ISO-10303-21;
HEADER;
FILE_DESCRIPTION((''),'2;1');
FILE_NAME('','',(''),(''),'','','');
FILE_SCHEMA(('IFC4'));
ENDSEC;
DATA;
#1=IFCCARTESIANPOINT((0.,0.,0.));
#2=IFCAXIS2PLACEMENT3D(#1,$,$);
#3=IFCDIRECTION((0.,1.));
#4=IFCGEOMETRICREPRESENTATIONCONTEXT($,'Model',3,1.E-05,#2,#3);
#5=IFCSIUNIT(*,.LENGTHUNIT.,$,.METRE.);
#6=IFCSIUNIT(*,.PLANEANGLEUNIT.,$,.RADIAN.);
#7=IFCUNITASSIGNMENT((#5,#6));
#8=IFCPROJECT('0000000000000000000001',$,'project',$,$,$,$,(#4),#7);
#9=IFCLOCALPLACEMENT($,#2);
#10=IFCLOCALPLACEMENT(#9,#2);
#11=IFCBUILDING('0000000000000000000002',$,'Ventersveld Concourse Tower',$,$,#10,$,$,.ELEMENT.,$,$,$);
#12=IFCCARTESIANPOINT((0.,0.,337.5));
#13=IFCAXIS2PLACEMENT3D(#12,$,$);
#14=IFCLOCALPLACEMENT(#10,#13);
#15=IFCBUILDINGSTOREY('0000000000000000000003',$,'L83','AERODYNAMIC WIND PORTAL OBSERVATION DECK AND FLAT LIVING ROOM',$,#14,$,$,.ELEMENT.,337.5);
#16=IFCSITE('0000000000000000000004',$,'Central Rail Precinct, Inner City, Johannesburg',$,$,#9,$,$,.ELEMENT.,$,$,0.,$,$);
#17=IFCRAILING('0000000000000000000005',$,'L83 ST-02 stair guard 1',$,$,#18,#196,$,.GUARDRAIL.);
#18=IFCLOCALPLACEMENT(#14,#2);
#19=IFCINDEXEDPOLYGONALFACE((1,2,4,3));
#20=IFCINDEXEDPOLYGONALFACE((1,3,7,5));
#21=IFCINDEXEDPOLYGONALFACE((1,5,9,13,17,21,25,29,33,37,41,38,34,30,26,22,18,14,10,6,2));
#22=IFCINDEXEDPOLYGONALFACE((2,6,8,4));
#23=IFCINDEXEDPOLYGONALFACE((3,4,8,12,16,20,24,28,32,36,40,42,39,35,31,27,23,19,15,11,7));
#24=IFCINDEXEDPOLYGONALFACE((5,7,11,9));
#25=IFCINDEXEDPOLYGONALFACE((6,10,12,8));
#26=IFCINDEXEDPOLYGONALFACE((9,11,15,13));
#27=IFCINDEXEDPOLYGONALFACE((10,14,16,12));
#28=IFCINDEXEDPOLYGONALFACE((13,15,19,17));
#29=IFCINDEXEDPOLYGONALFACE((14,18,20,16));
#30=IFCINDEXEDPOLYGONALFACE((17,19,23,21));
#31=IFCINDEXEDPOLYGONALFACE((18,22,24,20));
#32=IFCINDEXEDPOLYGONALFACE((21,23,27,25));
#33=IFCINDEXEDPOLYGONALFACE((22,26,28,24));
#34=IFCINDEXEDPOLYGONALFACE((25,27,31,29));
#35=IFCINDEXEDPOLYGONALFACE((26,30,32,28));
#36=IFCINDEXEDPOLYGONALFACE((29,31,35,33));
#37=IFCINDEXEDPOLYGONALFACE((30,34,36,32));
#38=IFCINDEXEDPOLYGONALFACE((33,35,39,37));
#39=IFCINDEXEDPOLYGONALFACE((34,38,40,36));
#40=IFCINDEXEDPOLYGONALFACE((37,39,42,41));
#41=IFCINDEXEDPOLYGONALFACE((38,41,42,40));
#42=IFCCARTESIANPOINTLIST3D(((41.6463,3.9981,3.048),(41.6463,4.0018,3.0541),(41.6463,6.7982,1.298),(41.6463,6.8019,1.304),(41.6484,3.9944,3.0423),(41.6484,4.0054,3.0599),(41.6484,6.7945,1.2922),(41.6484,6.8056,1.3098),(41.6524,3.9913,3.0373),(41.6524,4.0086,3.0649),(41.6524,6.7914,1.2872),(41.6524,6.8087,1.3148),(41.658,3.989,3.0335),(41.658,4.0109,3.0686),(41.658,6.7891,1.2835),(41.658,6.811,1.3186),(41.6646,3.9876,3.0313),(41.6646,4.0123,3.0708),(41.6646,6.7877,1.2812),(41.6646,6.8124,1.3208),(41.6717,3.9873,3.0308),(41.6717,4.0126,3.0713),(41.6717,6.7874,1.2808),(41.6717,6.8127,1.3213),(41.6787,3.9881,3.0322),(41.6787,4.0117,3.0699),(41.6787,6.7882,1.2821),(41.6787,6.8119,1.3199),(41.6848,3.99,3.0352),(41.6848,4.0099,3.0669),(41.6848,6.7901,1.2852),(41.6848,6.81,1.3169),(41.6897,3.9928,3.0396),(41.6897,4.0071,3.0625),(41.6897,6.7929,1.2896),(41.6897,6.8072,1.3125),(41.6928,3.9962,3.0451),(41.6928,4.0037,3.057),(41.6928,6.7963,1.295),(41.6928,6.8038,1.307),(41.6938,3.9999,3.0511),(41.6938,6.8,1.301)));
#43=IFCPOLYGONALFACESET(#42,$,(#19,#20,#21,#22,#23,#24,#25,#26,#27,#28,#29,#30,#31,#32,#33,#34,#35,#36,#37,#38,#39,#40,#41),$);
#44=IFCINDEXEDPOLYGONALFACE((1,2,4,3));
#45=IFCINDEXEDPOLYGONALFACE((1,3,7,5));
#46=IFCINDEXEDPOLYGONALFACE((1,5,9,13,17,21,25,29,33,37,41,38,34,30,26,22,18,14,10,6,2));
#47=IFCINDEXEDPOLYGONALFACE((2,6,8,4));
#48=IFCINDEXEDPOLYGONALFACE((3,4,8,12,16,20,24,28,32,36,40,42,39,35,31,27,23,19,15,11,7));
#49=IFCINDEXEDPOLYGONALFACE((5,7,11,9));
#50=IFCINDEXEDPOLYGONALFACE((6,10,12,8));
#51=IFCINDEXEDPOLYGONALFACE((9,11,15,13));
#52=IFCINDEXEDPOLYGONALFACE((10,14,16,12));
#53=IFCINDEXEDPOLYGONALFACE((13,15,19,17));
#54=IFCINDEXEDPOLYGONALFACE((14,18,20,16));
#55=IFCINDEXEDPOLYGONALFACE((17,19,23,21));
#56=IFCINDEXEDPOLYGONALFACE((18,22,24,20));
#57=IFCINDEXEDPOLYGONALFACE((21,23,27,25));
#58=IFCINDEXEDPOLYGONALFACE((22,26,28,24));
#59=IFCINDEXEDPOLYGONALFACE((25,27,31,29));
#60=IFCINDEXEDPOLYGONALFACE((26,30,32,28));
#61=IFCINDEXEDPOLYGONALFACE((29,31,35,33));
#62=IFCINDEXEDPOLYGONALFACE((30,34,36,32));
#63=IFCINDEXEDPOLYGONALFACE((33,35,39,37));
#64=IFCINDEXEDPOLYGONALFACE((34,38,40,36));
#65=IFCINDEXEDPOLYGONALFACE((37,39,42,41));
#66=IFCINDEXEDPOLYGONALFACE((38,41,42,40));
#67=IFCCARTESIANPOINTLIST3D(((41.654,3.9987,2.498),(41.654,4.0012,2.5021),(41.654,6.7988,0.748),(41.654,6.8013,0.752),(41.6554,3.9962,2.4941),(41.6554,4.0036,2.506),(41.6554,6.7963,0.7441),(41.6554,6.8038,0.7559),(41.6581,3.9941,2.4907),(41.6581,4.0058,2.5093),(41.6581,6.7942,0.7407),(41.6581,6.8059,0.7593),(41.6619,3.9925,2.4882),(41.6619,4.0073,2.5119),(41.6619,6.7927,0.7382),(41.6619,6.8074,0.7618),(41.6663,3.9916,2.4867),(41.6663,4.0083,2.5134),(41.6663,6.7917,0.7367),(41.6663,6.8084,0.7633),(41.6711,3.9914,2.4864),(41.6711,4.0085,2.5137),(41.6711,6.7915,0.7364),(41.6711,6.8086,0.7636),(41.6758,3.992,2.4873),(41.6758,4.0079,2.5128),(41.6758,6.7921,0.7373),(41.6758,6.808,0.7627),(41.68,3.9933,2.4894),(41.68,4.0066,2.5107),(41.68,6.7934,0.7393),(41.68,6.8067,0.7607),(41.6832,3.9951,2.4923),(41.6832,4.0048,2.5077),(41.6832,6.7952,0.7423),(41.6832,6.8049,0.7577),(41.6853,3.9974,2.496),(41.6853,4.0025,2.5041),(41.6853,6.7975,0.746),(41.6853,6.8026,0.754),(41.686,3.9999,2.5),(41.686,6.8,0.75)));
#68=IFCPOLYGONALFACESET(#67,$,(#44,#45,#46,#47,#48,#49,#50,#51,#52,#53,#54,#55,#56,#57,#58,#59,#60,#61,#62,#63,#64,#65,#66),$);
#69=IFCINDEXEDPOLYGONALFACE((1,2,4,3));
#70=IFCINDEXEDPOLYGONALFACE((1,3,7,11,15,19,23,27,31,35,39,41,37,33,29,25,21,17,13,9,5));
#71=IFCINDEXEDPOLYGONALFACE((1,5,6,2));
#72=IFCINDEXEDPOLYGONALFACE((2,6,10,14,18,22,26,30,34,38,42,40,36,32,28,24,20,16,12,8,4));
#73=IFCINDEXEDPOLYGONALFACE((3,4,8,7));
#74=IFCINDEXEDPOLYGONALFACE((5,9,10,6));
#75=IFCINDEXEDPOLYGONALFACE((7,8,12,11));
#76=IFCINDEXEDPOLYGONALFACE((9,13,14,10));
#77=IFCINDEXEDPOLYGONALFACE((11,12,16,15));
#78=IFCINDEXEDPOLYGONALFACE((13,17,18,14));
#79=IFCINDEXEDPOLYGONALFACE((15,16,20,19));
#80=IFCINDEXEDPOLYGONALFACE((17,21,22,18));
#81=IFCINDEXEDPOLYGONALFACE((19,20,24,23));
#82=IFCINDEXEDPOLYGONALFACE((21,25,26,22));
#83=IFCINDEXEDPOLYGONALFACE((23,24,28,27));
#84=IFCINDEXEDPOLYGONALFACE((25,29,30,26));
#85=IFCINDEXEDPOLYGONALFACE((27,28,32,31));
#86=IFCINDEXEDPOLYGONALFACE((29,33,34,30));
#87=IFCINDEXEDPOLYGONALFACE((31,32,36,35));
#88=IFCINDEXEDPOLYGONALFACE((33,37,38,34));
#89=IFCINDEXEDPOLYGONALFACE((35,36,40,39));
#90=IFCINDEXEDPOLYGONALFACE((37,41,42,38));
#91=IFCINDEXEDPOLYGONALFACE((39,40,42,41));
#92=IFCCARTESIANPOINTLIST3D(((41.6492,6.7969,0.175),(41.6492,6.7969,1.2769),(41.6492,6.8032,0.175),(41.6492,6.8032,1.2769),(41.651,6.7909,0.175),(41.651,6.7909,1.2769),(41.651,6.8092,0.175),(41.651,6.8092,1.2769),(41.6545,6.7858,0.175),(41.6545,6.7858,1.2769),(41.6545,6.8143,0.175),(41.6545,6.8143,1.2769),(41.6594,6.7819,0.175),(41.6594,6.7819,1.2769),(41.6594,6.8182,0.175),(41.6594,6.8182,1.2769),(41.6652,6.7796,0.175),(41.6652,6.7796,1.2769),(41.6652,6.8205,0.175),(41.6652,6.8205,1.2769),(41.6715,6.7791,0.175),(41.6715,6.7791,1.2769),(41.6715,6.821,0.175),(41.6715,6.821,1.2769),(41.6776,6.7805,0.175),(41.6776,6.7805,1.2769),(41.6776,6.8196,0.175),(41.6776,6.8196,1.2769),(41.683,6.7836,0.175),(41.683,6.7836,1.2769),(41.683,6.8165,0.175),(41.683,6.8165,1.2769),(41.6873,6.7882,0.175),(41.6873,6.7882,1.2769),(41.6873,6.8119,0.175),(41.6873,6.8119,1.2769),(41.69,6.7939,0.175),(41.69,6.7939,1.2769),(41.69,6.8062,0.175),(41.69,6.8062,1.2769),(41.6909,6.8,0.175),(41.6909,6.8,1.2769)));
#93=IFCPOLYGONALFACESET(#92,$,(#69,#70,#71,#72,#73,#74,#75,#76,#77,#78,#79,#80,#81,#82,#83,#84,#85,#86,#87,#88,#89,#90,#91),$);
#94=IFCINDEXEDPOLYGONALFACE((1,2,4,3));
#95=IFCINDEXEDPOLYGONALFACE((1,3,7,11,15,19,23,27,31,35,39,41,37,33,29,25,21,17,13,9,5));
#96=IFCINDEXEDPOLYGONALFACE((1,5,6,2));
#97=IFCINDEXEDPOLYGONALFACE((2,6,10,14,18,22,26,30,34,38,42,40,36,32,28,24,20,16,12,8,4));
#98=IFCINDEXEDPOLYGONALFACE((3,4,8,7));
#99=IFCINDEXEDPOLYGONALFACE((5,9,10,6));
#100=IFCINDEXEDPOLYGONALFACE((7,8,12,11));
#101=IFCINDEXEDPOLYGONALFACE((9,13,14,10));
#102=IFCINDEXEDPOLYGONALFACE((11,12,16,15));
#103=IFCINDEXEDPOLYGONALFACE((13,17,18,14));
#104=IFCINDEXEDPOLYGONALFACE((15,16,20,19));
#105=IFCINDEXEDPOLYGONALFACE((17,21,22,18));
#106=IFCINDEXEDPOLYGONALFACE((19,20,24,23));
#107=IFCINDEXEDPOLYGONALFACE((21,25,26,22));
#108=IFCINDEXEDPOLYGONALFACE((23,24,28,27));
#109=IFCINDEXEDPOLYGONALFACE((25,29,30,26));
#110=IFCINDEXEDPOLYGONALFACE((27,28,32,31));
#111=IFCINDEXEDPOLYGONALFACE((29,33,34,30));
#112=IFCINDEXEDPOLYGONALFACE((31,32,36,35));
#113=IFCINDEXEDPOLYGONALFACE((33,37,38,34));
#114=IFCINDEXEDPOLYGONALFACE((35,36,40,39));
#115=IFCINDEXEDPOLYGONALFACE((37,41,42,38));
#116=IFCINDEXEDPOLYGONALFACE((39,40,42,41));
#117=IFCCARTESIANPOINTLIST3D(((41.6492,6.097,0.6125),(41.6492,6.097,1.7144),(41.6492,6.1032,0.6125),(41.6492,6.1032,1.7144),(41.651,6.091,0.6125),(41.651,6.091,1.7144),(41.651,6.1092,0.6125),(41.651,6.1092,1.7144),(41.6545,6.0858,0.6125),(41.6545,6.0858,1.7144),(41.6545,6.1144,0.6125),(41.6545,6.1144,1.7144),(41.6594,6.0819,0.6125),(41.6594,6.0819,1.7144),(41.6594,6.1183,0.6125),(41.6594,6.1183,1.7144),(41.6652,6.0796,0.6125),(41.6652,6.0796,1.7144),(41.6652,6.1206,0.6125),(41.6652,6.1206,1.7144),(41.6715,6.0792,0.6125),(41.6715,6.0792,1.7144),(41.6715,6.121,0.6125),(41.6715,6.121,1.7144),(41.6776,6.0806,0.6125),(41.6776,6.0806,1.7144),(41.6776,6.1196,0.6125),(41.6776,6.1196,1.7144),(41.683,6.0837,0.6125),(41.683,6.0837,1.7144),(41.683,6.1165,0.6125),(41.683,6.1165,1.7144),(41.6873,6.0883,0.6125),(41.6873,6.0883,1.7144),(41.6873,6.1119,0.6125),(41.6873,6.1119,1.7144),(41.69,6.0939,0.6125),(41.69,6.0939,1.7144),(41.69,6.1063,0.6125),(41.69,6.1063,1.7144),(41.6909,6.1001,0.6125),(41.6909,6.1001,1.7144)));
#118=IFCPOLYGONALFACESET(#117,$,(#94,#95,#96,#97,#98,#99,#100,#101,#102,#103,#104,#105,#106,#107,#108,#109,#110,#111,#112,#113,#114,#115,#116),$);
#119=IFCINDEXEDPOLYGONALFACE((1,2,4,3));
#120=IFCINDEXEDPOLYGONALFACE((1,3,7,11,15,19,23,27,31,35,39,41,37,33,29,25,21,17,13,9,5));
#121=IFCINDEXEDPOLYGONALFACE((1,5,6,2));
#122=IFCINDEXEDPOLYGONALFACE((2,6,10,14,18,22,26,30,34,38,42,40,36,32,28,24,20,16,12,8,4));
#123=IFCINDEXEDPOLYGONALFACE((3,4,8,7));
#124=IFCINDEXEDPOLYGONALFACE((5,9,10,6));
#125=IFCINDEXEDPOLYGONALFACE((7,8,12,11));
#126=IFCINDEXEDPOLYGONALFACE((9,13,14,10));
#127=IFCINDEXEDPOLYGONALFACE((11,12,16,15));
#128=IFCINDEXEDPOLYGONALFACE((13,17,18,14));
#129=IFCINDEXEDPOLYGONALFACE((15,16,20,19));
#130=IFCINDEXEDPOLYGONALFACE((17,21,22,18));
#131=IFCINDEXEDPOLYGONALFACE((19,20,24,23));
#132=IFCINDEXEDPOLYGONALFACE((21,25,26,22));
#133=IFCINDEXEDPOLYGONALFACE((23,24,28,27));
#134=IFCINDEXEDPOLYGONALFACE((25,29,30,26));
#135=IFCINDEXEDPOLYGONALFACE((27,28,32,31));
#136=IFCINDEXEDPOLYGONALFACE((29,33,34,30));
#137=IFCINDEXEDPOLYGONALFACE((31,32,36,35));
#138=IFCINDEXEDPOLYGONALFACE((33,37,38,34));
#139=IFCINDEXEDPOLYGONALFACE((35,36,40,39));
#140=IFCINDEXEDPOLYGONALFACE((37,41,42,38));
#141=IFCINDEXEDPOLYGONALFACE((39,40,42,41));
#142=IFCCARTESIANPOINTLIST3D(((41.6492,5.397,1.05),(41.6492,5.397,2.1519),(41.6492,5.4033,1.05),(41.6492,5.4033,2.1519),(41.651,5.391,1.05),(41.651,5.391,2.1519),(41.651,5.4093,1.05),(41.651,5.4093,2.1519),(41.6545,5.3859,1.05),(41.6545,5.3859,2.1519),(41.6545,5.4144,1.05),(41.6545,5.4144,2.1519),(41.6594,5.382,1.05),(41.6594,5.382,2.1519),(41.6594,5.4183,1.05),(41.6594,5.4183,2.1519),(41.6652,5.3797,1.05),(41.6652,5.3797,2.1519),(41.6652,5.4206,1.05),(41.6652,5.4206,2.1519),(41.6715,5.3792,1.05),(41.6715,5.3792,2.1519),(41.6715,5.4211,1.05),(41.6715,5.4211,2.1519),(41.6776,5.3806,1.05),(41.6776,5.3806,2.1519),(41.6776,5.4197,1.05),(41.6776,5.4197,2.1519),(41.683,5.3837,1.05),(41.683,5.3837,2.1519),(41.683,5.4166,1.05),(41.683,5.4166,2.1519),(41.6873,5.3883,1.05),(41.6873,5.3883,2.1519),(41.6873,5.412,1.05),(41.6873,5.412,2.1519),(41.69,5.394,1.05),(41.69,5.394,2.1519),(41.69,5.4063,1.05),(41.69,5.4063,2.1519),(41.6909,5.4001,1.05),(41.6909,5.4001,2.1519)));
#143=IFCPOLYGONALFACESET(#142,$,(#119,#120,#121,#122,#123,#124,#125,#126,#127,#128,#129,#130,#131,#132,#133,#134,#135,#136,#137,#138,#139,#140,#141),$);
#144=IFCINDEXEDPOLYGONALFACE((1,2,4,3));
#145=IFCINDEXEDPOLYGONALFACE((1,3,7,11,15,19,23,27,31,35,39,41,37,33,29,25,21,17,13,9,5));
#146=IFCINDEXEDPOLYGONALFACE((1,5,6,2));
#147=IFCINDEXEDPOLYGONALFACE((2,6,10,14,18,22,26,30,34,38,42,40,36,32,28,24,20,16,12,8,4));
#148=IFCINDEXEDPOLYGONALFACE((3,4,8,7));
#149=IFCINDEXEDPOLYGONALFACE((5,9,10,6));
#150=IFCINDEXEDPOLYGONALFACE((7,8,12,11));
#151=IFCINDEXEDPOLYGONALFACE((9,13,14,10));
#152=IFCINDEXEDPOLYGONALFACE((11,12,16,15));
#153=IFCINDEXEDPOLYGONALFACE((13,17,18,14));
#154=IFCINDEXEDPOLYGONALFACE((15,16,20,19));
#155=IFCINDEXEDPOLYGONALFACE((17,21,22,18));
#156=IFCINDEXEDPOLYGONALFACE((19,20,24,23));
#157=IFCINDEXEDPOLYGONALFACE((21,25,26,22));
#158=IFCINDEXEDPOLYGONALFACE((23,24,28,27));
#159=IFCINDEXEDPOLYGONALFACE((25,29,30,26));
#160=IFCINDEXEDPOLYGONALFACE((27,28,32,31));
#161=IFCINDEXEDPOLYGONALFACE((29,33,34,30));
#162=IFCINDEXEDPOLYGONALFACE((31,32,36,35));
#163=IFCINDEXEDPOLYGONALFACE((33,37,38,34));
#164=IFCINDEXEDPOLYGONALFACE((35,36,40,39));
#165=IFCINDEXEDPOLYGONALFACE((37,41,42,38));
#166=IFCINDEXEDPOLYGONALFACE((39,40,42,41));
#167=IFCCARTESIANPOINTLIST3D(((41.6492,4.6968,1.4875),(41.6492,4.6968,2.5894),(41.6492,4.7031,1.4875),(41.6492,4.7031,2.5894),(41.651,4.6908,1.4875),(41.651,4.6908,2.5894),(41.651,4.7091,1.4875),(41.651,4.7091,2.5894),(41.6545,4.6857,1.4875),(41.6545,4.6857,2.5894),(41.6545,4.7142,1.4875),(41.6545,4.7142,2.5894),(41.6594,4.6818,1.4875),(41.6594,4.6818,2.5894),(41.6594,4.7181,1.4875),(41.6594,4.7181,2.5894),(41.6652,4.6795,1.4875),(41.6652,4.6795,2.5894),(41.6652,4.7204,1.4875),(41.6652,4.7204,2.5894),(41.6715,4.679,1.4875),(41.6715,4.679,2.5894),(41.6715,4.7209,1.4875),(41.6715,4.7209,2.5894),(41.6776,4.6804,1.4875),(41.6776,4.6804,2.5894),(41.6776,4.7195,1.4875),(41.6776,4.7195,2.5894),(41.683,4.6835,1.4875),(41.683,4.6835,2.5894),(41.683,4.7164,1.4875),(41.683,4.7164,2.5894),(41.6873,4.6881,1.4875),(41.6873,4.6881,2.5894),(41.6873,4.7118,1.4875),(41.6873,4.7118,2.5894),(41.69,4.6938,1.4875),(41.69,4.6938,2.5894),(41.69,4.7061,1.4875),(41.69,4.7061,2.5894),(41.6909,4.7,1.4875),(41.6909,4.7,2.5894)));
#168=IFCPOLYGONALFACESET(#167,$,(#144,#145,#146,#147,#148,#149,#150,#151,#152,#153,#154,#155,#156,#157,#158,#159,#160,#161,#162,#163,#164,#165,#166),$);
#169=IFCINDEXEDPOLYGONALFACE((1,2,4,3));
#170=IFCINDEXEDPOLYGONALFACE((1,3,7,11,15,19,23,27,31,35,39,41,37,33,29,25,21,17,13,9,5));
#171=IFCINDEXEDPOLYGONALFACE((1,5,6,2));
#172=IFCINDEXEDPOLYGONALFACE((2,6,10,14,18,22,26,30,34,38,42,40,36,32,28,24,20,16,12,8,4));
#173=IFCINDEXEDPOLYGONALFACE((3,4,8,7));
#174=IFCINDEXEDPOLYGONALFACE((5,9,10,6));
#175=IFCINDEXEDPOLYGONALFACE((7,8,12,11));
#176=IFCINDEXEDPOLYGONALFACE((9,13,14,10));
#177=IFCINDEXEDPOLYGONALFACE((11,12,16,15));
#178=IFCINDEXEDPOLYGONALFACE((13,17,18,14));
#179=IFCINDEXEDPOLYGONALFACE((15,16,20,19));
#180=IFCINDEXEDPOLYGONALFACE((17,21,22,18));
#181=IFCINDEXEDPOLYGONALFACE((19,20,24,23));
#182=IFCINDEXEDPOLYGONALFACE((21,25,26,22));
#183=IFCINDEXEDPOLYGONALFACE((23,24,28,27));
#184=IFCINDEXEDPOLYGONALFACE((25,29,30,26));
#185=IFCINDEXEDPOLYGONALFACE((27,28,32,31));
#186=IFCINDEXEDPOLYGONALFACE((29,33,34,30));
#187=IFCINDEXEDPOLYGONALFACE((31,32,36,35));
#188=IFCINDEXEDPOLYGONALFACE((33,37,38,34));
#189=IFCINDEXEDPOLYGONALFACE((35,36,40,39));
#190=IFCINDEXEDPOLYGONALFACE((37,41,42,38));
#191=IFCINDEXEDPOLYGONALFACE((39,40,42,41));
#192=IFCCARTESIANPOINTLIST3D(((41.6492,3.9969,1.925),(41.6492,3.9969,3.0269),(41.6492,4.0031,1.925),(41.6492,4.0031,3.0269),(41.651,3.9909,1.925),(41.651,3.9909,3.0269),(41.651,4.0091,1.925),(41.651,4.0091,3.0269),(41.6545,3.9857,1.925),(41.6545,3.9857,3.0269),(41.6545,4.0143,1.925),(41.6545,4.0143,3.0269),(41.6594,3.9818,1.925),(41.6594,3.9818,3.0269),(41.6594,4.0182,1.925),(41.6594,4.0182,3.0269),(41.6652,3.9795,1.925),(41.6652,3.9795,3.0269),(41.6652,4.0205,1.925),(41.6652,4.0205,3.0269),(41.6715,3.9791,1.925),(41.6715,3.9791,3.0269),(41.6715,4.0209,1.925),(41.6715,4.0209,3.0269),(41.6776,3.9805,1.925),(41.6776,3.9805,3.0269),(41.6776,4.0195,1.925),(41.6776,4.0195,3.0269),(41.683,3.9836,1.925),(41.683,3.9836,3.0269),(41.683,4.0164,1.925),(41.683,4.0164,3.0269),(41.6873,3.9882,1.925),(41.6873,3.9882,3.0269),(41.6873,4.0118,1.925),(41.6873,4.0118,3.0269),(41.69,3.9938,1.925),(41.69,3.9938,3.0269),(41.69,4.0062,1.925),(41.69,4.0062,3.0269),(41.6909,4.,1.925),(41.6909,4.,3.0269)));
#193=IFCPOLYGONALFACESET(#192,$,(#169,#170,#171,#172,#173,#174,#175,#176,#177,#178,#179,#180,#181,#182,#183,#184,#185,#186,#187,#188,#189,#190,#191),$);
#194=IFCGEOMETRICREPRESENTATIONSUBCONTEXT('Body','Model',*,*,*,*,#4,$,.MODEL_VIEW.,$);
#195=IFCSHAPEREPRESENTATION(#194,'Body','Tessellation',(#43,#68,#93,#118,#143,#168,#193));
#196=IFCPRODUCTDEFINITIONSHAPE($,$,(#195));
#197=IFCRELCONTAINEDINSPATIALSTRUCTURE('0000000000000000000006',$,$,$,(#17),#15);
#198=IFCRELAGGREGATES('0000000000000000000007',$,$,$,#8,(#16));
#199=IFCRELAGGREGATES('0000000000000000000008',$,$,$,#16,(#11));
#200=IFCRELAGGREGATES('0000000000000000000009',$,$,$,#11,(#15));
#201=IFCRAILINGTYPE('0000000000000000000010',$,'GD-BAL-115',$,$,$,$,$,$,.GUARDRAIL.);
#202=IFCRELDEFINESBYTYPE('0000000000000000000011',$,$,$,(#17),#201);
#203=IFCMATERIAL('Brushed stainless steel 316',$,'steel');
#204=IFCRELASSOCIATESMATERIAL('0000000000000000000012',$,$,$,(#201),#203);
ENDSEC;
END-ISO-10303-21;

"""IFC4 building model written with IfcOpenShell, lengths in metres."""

from ifc_helpers import new_model, si_unit, direction, frame, origin, origin_2d, place, context, subcontext, project, spatial, circle, extrude, material, type_object, element, save


model = new_model("IFC4")

# Units and contexts
model_context = context("Model", 3, precision=1e-05, world=origin(), true_north=direction((0.0, 1.0)))
body_context = subcontext(model_context, "Body", "Model", "MODEL_VIEW")
ifc_project = project(units=[si_unit("LENGTHUNIT", "METRE"), si_unit("PLANEANGLEUNIT", "RADIAN")], contexts=[model_context])

# Site, building, storey
site_placement = place(None, origin())
site = spatial("IfcSite", under=ifc_project, at=site_placement, Name="Central Rail Precinct, Inner City, Johannesburg", CompositionType="ELEMENT", RefElevation=0.0)
building_placement = place(site_placement, origin())
building = spatial("IfcBuilding", under=site, at=building_placement, Name="Ventersveld Concourse Tower", CompositionType="ELEMENT")
storey_placement = place(building_placement, frame((0.0, 0.0, 337.5)))
storey = spatial("IfcBuildingStorey", under=building, at=storey_placement, Name="L83", Description="AERODYNAMIC WIND PORTAL OBSERVATION DECK AND FLAT LIVING ROOM", CompositionType="ELEMENT", Elevation=337.5)

# Shared definitions
ifc_material_1 = material(Name="Brushed stainless steel 316", Category="steel")

# Railing
railing_type_1 = type_object("IfcRailingType", Name="GD-BAL-115", PredefinedType="GUARDRAIL", material=ifc_material_1)
railing_1_placement = place(storey_placement, frame((41.6699, 6.8, 0.175)))
element("IfcRailing", 1, at=railing_1_placement, inside=storey, type_object=railing_type_1, Name="L83 ST-02 stair guard 1", PredefinedType="GUARDRAIL", context=body_context, shape_type="SweptSolid", body=[
    extrude(circle(Radius=0.0239, at=origin_2d()), frame((0.0, 0.0, 1.126), z_axis=(0.0, -0.848002, 0.529992), x_axis=(1.0, 0.0, 0.0)), (0.0, 0.0, 1.0), 3.302),
    extrude(circle(Radius=0.0161, at=origin_2d()), frame((0.0, 0.0, 0.575), z_axis=(0.0, -0.848002, 0.529992), x_axis=(1.0, 0.0, 0.0)), (0.0, 0.0, 1.0), 3.302),
    extrude(circle(Radius=0.021, at=origin_2d()), origin(), (0.0, 0.0, 1.0), 1.1018),
    extrude(circle(Radius=0.021, at=origin_2d()), frame((0.0, -0.7, 0.4375)), (0.0, 0.0, 1.0), 1.1018),
    extrude(circle(Radius=0.021, at=origin_2d()), frame((0.0, -1.3999, 0.875)), (0.0, 0.0, 1.0), 1.1018),
    extrude(circle(Radius=0.021, at=origin_2d()), frame((0.0, -2.1001, 1.3125)), (0.0, 0.0, 1.0), 1.1018),
    extrude(circle(Radius=0.021, at=origin_2d()), frame((0.0, -2.8, 1.75)), (0.0, 0.0, 1.0), 1.1018),
])

save(model, "model.ifc")
